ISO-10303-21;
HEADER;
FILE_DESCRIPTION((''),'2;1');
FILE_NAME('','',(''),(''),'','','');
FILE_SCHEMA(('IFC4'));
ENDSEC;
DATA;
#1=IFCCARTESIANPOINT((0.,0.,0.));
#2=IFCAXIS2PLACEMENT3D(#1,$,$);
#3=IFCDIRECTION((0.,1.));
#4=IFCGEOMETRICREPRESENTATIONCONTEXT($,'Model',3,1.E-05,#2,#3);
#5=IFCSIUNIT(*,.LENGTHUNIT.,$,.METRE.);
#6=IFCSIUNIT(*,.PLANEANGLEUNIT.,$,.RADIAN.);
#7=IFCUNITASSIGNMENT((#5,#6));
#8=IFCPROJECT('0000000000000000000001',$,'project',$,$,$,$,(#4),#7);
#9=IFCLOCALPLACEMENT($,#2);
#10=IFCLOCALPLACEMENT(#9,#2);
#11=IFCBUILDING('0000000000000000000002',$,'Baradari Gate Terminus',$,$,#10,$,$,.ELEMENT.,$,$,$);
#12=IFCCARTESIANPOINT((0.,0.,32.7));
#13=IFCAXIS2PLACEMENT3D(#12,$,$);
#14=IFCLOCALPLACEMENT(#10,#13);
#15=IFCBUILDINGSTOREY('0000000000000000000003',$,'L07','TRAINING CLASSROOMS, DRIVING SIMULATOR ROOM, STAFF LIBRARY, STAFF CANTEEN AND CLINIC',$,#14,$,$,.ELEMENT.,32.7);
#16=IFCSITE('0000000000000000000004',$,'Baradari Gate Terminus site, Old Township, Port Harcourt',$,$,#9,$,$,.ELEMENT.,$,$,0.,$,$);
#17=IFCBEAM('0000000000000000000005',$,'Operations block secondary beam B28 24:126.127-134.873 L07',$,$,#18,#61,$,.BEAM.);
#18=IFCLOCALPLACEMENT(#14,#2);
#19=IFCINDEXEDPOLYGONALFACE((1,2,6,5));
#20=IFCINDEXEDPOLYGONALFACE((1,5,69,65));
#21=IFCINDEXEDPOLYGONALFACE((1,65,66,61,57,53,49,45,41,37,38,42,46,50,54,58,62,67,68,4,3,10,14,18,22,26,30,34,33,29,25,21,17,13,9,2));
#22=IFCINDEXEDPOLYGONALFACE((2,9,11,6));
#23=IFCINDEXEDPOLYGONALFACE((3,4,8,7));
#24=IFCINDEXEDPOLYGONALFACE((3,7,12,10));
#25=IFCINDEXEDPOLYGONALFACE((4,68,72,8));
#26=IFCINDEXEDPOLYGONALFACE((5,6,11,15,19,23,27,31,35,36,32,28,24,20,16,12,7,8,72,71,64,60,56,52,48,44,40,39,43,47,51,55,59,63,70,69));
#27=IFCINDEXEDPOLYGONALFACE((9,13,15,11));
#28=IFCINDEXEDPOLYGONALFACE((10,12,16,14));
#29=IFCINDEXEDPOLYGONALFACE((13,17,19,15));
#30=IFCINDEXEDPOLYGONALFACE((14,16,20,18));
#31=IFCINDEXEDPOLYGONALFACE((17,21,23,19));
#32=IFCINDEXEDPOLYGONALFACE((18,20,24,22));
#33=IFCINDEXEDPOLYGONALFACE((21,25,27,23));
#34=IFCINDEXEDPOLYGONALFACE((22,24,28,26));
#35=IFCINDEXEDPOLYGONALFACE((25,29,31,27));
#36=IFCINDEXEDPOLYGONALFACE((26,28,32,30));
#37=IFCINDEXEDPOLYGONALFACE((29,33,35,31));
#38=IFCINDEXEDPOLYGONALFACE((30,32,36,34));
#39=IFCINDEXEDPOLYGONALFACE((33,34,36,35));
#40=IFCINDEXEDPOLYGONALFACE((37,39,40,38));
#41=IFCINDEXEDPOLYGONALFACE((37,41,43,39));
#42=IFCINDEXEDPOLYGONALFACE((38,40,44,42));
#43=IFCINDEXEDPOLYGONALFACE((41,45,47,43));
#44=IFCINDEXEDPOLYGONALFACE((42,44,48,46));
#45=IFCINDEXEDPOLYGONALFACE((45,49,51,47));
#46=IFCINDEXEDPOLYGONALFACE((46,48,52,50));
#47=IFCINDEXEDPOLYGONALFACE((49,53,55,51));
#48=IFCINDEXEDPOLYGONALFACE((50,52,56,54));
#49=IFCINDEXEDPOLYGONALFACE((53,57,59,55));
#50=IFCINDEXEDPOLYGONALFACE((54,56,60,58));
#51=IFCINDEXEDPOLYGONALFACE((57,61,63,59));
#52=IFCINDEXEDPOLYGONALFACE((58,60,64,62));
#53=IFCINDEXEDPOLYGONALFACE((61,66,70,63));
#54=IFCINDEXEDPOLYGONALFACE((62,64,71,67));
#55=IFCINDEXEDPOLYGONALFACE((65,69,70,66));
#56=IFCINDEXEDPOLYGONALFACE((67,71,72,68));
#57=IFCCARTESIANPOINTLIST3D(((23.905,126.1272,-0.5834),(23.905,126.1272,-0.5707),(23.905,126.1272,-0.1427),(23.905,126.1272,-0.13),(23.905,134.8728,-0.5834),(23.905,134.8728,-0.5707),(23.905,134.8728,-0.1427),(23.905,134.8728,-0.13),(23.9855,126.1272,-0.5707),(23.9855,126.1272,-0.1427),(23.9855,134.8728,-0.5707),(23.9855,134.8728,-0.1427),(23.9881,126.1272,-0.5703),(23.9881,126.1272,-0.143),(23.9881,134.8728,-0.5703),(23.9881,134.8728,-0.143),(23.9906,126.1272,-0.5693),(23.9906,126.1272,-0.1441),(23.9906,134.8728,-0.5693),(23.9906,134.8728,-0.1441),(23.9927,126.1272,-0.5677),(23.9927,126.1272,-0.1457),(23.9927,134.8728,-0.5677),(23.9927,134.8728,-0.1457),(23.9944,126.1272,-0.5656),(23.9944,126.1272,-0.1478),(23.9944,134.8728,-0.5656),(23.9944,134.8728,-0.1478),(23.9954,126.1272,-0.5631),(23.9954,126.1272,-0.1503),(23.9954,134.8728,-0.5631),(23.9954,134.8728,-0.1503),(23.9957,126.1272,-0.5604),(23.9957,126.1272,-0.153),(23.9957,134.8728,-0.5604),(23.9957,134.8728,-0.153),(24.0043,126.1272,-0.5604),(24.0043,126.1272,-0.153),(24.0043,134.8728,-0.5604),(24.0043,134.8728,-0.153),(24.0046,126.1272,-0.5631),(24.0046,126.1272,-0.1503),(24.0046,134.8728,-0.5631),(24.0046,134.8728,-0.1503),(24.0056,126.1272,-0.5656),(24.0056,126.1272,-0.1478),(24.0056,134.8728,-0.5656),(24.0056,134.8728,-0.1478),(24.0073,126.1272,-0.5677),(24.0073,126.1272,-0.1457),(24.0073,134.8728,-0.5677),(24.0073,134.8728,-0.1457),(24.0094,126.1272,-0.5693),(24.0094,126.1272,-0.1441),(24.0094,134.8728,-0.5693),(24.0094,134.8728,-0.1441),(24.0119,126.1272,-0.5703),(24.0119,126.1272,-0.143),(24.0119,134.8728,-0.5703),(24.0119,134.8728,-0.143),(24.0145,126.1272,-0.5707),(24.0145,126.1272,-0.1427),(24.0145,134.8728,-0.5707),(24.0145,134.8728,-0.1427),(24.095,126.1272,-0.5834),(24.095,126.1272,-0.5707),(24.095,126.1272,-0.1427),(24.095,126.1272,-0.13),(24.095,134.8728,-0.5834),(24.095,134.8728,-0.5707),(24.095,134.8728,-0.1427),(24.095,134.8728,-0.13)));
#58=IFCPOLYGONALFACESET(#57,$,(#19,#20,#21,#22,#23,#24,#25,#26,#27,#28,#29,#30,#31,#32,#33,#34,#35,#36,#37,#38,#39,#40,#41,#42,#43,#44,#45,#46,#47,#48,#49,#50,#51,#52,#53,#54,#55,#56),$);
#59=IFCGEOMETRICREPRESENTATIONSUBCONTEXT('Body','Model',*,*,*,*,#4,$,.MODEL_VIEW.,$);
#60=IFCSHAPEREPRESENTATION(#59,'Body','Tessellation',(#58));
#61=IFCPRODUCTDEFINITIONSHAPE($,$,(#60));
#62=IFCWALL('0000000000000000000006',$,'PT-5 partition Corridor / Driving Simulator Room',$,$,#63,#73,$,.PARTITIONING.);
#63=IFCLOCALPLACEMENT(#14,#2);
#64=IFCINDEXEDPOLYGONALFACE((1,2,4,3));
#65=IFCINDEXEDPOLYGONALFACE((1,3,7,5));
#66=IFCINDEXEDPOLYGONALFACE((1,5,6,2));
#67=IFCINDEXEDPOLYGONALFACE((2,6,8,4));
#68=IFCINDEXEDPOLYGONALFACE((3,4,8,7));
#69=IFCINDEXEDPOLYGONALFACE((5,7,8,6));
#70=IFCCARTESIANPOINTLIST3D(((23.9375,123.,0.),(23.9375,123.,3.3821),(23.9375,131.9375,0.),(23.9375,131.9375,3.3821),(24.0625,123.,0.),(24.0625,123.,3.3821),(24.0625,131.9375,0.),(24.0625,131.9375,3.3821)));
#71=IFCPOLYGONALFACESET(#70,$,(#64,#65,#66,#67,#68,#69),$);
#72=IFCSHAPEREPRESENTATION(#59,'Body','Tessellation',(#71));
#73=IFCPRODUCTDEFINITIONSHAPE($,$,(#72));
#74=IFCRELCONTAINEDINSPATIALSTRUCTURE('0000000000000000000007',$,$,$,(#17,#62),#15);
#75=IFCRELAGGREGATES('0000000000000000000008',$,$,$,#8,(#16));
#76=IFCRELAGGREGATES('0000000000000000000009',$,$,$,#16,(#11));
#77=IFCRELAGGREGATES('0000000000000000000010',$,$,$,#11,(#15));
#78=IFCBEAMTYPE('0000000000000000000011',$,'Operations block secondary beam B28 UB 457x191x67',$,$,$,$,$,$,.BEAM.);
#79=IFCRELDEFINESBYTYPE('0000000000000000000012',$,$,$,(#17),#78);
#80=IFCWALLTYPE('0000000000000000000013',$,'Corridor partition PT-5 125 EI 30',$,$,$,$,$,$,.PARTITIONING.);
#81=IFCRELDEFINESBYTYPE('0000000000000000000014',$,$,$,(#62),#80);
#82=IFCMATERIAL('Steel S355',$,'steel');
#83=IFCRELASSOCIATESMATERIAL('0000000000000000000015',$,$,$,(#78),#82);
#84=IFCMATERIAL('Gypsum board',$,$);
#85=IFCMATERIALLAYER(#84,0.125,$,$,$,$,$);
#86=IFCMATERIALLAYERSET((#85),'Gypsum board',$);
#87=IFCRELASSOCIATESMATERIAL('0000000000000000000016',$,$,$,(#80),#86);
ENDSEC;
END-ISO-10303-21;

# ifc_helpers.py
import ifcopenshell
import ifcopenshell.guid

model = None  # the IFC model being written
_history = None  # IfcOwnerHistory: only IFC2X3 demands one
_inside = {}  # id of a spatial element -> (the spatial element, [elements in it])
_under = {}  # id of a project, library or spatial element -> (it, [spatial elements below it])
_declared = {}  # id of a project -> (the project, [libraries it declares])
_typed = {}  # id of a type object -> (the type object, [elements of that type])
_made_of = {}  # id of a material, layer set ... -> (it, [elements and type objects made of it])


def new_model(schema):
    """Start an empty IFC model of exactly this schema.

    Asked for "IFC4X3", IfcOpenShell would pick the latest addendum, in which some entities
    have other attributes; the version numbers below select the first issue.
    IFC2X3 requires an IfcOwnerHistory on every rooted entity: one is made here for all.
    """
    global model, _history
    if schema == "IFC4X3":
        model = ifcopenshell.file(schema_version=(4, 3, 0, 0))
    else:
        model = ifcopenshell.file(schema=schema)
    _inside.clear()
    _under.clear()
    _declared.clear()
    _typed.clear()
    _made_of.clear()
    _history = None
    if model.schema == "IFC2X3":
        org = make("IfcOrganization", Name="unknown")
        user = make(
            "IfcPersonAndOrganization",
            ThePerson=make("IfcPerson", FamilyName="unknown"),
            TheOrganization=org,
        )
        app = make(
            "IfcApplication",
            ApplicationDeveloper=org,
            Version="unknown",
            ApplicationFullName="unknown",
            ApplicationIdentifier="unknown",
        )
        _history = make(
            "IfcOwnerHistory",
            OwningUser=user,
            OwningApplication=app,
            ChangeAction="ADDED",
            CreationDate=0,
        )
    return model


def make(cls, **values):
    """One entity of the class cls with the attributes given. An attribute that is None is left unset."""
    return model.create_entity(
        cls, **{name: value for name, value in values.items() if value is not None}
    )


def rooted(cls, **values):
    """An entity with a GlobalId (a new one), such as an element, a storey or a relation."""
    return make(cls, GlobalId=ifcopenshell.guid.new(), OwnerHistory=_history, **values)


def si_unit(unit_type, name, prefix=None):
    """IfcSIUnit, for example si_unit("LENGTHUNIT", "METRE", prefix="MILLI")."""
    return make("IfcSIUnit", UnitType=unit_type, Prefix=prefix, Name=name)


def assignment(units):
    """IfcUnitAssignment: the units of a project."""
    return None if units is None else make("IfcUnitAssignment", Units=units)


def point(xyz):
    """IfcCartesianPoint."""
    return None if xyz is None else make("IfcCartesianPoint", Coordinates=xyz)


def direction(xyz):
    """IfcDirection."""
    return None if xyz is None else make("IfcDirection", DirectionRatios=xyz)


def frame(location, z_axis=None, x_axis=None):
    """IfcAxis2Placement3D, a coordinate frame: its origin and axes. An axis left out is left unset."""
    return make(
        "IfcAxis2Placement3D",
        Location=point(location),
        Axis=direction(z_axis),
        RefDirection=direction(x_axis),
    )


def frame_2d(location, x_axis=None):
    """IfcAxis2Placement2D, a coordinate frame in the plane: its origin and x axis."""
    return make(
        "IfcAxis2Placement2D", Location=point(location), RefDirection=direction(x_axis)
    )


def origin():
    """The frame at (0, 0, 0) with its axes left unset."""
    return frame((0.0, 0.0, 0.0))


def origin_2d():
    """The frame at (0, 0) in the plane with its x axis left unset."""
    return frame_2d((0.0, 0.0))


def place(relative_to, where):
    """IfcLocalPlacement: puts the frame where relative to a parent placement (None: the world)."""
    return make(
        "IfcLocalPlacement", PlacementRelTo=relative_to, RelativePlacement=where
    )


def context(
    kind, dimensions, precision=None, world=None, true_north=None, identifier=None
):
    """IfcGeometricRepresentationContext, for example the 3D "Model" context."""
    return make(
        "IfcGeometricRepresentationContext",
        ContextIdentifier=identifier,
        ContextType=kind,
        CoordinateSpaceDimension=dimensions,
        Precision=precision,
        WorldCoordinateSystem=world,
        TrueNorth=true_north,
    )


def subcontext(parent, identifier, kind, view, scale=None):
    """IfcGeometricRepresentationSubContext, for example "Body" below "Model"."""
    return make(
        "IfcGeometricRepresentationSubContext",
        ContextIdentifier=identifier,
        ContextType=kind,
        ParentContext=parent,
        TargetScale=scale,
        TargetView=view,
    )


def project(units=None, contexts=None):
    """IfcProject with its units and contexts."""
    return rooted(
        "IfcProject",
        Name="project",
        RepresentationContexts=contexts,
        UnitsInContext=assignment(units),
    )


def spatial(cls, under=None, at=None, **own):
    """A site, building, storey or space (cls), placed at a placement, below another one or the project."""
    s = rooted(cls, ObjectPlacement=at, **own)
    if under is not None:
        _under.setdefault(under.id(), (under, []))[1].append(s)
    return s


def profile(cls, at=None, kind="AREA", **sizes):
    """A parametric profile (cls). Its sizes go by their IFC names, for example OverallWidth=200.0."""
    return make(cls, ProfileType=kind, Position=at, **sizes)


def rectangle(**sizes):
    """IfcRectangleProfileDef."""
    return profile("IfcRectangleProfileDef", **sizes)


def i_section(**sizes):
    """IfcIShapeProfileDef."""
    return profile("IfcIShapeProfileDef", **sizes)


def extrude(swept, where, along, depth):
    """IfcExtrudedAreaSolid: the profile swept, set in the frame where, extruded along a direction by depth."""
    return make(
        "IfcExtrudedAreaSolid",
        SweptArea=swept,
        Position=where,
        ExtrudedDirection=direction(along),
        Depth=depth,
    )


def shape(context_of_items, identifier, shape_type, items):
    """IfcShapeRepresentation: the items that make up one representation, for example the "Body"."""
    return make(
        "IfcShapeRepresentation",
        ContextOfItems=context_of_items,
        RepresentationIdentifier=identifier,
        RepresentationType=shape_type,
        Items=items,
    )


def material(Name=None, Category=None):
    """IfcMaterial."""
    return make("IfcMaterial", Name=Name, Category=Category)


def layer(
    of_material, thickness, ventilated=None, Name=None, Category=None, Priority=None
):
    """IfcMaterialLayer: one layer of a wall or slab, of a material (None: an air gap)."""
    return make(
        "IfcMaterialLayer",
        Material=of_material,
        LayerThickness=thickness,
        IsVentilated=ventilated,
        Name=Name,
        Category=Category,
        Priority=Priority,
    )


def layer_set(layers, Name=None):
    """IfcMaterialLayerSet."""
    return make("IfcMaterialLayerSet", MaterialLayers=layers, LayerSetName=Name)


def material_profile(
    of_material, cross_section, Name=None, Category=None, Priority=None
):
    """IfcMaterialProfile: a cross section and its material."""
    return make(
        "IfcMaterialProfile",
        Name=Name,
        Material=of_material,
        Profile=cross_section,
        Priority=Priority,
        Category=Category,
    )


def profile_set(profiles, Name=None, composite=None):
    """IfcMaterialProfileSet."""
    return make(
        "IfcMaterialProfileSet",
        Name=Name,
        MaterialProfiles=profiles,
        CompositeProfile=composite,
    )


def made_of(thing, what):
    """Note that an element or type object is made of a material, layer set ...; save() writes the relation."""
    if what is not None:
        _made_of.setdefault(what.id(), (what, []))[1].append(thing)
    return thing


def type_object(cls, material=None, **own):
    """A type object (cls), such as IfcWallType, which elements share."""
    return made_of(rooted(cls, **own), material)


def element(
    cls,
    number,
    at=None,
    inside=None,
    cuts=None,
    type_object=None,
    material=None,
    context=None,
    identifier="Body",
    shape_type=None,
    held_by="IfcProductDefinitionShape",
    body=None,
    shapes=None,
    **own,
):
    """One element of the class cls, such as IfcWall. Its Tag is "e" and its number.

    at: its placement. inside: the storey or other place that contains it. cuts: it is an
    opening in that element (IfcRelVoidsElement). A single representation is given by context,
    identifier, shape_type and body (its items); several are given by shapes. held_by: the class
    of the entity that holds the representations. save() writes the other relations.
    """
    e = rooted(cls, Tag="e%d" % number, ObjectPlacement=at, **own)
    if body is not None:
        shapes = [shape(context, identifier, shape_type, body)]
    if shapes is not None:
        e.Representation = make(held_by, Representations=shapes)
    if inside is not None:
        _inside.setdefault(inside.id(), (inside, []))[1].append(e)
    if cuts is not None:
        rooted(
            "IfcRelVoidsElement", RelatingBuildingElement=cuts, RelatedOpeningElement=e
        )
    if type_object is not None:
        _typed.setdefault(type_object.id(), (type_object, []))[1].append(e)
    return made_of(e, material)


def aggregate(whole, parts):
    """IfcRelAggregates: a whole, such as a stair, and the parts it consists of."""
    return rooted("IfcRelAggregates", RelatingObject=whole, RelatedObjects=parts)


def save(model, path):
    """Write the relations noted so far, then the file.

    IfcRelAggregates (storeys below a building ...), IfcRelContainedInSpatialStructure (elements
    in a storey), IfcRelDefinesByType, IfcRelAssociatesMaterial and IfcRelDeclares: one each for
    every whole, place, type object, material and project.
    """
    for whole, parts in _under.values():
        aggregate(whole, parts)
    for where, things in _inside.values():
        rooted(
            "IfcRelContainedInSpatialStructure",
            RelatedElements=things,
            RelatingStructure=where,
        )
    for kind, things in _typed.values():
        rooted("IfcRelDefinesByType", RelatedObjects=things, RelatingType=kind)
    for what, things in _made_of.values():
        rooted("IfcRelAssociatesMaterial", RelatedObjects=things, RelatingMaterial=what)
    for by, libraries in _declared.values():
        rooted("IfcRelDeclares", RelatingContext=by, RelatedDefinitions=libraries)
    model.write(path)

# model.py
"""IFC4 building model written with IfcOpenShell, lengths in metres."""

from ifc_helpers import new_model, si_unit, direction, frame, frame_2d, origin, origin_2d, place, context, subcontext, project, spatial, rectangle, i_section, extrude, material, layer, layer_set, material_profile, profile_set, type_object, element, save


model = new_model("IFC4")

# Units and contexts
model_context = context("Model", 3, precision=1e-05, world=origin(), true_north=direction((0.0, 1.0)))
body_context = subcontext(model_context, "Body", "Model", "MODEL_VIEW")
ifc_project = project(units=[si_unit("LENGTHUNIT", "METRE"), si_unit("PLANEANGLEUNIT", "RADIAN")], contexts=[model_context])

# Site, building, storey
site_placement = place(None, origin())
site = spatial("IfcSite", under=ifc_project, at=site_placement, Name="Baradari Gate Terminus site, Old Township, Port Harcourt", CompositionType="ELEMENT", RefElevation=0.0)
building_placement = place(site_placement, origin())
building = spatial("IfcBuilding", under=site, at=building_placement, Name="Baradari Gate Terminus", CompositionType="ELEMENT")
storey_placement = place(building_placement, frame((0.0, 0.0, 32.7)))
storey = spatial("IfcBuildingStorey", under=building, at=storey_placement, Name="L07", Description="TRAINING CLASSROOMS, DRIVING SIMULATOR ROOM, STAFF LIBRARY, STAFF CANTEEN AND CLINIC", CompositionType="ELEMENT", Elevation=32.7)

# Beam
ifc_material_1 = material(Name="Steel S355", Category="steel")
ifc_material_profile_1 = material_profile(ifc_material_1, i_section(OverallWidth=0.1899, OverallDepth=0.4534, WebThickness=0.0085, FlangeThickness=0.0127, FilletRadius=0.0103, at=origin_2d()), Name="UB 457x191x67")
ifc_profile_set_1 = profile_set([ifc_material_profile_1], Name="Steel S355")
beam_type_1 = type_object("IfcBeamType", Name="Operations block secondary beam B28 UB 457x191x67", PredefinedType="BEAM", material=ifc_profile_set_1)
for number, where, z_axis, x_axis, name in (
    (1, (24.0, 126.1272, -0.3567), (0.0, 1.0, 0.0), (-1.0, 0.0, 0.0), "Operations block secondary beam B28 24:126.127-134.873 L07"),
):
    element("IfcBeam", number, at=place(storey_placement, frame(where, z_axis=z_axis, x_axis=x_axis)), inside=storey, type_object=beam_type_1, Name=name, PredefinedType="BEAM", context=body_context, shape_type="SweptSolid", body=[
        extrude(i_section(OverallWidth=0.1899, OverallDepth=0.4534, WebThickness=0.0085, FlangeThickness=0.0127, FilletRadius=0.0103, at=origin_2d()), origin(), (0.0, 0.0, 1.0), 8.7456),
    ])

# Wall
ifc_material_2 = material(Name="Gypsum board")
ifc_layer_1 = layer(ifc_material_2, 0.125)
ifc_layer_set_1 = layer_set([ifc_layer_1], Name="Gypsum board")
wall_type_1 = type_object("IfcWallType", Name="Corridor partition PT-5 125 EI 30", PredefinedType="PARTITIONING", material=ifc_layer_set_1)
wall_1_placement = place(storey_placement, frame((24.0, 123.0, 0.0), z_axis=(0.0, 0.0, 1.0), x_axis=(0.0, 1.0, 0.0)))
element("IfcWall", 2, at=wall_1_placement, inside=storey, type_object=wall_type_1, Name="PT-5 partition Corridor / Driving Simulator Room", PredefinedType="PARTITIONING", context=body_context, shape_type="SweptSolid", body=[
    extrude(rectangle(XDim=8.9375, YDim=0.125, at=frame_2d((4.4688, 0.0))), origin(), (0.0, 0.0, 1.0), 3.3821),
])

save(model, "model.ifc")
